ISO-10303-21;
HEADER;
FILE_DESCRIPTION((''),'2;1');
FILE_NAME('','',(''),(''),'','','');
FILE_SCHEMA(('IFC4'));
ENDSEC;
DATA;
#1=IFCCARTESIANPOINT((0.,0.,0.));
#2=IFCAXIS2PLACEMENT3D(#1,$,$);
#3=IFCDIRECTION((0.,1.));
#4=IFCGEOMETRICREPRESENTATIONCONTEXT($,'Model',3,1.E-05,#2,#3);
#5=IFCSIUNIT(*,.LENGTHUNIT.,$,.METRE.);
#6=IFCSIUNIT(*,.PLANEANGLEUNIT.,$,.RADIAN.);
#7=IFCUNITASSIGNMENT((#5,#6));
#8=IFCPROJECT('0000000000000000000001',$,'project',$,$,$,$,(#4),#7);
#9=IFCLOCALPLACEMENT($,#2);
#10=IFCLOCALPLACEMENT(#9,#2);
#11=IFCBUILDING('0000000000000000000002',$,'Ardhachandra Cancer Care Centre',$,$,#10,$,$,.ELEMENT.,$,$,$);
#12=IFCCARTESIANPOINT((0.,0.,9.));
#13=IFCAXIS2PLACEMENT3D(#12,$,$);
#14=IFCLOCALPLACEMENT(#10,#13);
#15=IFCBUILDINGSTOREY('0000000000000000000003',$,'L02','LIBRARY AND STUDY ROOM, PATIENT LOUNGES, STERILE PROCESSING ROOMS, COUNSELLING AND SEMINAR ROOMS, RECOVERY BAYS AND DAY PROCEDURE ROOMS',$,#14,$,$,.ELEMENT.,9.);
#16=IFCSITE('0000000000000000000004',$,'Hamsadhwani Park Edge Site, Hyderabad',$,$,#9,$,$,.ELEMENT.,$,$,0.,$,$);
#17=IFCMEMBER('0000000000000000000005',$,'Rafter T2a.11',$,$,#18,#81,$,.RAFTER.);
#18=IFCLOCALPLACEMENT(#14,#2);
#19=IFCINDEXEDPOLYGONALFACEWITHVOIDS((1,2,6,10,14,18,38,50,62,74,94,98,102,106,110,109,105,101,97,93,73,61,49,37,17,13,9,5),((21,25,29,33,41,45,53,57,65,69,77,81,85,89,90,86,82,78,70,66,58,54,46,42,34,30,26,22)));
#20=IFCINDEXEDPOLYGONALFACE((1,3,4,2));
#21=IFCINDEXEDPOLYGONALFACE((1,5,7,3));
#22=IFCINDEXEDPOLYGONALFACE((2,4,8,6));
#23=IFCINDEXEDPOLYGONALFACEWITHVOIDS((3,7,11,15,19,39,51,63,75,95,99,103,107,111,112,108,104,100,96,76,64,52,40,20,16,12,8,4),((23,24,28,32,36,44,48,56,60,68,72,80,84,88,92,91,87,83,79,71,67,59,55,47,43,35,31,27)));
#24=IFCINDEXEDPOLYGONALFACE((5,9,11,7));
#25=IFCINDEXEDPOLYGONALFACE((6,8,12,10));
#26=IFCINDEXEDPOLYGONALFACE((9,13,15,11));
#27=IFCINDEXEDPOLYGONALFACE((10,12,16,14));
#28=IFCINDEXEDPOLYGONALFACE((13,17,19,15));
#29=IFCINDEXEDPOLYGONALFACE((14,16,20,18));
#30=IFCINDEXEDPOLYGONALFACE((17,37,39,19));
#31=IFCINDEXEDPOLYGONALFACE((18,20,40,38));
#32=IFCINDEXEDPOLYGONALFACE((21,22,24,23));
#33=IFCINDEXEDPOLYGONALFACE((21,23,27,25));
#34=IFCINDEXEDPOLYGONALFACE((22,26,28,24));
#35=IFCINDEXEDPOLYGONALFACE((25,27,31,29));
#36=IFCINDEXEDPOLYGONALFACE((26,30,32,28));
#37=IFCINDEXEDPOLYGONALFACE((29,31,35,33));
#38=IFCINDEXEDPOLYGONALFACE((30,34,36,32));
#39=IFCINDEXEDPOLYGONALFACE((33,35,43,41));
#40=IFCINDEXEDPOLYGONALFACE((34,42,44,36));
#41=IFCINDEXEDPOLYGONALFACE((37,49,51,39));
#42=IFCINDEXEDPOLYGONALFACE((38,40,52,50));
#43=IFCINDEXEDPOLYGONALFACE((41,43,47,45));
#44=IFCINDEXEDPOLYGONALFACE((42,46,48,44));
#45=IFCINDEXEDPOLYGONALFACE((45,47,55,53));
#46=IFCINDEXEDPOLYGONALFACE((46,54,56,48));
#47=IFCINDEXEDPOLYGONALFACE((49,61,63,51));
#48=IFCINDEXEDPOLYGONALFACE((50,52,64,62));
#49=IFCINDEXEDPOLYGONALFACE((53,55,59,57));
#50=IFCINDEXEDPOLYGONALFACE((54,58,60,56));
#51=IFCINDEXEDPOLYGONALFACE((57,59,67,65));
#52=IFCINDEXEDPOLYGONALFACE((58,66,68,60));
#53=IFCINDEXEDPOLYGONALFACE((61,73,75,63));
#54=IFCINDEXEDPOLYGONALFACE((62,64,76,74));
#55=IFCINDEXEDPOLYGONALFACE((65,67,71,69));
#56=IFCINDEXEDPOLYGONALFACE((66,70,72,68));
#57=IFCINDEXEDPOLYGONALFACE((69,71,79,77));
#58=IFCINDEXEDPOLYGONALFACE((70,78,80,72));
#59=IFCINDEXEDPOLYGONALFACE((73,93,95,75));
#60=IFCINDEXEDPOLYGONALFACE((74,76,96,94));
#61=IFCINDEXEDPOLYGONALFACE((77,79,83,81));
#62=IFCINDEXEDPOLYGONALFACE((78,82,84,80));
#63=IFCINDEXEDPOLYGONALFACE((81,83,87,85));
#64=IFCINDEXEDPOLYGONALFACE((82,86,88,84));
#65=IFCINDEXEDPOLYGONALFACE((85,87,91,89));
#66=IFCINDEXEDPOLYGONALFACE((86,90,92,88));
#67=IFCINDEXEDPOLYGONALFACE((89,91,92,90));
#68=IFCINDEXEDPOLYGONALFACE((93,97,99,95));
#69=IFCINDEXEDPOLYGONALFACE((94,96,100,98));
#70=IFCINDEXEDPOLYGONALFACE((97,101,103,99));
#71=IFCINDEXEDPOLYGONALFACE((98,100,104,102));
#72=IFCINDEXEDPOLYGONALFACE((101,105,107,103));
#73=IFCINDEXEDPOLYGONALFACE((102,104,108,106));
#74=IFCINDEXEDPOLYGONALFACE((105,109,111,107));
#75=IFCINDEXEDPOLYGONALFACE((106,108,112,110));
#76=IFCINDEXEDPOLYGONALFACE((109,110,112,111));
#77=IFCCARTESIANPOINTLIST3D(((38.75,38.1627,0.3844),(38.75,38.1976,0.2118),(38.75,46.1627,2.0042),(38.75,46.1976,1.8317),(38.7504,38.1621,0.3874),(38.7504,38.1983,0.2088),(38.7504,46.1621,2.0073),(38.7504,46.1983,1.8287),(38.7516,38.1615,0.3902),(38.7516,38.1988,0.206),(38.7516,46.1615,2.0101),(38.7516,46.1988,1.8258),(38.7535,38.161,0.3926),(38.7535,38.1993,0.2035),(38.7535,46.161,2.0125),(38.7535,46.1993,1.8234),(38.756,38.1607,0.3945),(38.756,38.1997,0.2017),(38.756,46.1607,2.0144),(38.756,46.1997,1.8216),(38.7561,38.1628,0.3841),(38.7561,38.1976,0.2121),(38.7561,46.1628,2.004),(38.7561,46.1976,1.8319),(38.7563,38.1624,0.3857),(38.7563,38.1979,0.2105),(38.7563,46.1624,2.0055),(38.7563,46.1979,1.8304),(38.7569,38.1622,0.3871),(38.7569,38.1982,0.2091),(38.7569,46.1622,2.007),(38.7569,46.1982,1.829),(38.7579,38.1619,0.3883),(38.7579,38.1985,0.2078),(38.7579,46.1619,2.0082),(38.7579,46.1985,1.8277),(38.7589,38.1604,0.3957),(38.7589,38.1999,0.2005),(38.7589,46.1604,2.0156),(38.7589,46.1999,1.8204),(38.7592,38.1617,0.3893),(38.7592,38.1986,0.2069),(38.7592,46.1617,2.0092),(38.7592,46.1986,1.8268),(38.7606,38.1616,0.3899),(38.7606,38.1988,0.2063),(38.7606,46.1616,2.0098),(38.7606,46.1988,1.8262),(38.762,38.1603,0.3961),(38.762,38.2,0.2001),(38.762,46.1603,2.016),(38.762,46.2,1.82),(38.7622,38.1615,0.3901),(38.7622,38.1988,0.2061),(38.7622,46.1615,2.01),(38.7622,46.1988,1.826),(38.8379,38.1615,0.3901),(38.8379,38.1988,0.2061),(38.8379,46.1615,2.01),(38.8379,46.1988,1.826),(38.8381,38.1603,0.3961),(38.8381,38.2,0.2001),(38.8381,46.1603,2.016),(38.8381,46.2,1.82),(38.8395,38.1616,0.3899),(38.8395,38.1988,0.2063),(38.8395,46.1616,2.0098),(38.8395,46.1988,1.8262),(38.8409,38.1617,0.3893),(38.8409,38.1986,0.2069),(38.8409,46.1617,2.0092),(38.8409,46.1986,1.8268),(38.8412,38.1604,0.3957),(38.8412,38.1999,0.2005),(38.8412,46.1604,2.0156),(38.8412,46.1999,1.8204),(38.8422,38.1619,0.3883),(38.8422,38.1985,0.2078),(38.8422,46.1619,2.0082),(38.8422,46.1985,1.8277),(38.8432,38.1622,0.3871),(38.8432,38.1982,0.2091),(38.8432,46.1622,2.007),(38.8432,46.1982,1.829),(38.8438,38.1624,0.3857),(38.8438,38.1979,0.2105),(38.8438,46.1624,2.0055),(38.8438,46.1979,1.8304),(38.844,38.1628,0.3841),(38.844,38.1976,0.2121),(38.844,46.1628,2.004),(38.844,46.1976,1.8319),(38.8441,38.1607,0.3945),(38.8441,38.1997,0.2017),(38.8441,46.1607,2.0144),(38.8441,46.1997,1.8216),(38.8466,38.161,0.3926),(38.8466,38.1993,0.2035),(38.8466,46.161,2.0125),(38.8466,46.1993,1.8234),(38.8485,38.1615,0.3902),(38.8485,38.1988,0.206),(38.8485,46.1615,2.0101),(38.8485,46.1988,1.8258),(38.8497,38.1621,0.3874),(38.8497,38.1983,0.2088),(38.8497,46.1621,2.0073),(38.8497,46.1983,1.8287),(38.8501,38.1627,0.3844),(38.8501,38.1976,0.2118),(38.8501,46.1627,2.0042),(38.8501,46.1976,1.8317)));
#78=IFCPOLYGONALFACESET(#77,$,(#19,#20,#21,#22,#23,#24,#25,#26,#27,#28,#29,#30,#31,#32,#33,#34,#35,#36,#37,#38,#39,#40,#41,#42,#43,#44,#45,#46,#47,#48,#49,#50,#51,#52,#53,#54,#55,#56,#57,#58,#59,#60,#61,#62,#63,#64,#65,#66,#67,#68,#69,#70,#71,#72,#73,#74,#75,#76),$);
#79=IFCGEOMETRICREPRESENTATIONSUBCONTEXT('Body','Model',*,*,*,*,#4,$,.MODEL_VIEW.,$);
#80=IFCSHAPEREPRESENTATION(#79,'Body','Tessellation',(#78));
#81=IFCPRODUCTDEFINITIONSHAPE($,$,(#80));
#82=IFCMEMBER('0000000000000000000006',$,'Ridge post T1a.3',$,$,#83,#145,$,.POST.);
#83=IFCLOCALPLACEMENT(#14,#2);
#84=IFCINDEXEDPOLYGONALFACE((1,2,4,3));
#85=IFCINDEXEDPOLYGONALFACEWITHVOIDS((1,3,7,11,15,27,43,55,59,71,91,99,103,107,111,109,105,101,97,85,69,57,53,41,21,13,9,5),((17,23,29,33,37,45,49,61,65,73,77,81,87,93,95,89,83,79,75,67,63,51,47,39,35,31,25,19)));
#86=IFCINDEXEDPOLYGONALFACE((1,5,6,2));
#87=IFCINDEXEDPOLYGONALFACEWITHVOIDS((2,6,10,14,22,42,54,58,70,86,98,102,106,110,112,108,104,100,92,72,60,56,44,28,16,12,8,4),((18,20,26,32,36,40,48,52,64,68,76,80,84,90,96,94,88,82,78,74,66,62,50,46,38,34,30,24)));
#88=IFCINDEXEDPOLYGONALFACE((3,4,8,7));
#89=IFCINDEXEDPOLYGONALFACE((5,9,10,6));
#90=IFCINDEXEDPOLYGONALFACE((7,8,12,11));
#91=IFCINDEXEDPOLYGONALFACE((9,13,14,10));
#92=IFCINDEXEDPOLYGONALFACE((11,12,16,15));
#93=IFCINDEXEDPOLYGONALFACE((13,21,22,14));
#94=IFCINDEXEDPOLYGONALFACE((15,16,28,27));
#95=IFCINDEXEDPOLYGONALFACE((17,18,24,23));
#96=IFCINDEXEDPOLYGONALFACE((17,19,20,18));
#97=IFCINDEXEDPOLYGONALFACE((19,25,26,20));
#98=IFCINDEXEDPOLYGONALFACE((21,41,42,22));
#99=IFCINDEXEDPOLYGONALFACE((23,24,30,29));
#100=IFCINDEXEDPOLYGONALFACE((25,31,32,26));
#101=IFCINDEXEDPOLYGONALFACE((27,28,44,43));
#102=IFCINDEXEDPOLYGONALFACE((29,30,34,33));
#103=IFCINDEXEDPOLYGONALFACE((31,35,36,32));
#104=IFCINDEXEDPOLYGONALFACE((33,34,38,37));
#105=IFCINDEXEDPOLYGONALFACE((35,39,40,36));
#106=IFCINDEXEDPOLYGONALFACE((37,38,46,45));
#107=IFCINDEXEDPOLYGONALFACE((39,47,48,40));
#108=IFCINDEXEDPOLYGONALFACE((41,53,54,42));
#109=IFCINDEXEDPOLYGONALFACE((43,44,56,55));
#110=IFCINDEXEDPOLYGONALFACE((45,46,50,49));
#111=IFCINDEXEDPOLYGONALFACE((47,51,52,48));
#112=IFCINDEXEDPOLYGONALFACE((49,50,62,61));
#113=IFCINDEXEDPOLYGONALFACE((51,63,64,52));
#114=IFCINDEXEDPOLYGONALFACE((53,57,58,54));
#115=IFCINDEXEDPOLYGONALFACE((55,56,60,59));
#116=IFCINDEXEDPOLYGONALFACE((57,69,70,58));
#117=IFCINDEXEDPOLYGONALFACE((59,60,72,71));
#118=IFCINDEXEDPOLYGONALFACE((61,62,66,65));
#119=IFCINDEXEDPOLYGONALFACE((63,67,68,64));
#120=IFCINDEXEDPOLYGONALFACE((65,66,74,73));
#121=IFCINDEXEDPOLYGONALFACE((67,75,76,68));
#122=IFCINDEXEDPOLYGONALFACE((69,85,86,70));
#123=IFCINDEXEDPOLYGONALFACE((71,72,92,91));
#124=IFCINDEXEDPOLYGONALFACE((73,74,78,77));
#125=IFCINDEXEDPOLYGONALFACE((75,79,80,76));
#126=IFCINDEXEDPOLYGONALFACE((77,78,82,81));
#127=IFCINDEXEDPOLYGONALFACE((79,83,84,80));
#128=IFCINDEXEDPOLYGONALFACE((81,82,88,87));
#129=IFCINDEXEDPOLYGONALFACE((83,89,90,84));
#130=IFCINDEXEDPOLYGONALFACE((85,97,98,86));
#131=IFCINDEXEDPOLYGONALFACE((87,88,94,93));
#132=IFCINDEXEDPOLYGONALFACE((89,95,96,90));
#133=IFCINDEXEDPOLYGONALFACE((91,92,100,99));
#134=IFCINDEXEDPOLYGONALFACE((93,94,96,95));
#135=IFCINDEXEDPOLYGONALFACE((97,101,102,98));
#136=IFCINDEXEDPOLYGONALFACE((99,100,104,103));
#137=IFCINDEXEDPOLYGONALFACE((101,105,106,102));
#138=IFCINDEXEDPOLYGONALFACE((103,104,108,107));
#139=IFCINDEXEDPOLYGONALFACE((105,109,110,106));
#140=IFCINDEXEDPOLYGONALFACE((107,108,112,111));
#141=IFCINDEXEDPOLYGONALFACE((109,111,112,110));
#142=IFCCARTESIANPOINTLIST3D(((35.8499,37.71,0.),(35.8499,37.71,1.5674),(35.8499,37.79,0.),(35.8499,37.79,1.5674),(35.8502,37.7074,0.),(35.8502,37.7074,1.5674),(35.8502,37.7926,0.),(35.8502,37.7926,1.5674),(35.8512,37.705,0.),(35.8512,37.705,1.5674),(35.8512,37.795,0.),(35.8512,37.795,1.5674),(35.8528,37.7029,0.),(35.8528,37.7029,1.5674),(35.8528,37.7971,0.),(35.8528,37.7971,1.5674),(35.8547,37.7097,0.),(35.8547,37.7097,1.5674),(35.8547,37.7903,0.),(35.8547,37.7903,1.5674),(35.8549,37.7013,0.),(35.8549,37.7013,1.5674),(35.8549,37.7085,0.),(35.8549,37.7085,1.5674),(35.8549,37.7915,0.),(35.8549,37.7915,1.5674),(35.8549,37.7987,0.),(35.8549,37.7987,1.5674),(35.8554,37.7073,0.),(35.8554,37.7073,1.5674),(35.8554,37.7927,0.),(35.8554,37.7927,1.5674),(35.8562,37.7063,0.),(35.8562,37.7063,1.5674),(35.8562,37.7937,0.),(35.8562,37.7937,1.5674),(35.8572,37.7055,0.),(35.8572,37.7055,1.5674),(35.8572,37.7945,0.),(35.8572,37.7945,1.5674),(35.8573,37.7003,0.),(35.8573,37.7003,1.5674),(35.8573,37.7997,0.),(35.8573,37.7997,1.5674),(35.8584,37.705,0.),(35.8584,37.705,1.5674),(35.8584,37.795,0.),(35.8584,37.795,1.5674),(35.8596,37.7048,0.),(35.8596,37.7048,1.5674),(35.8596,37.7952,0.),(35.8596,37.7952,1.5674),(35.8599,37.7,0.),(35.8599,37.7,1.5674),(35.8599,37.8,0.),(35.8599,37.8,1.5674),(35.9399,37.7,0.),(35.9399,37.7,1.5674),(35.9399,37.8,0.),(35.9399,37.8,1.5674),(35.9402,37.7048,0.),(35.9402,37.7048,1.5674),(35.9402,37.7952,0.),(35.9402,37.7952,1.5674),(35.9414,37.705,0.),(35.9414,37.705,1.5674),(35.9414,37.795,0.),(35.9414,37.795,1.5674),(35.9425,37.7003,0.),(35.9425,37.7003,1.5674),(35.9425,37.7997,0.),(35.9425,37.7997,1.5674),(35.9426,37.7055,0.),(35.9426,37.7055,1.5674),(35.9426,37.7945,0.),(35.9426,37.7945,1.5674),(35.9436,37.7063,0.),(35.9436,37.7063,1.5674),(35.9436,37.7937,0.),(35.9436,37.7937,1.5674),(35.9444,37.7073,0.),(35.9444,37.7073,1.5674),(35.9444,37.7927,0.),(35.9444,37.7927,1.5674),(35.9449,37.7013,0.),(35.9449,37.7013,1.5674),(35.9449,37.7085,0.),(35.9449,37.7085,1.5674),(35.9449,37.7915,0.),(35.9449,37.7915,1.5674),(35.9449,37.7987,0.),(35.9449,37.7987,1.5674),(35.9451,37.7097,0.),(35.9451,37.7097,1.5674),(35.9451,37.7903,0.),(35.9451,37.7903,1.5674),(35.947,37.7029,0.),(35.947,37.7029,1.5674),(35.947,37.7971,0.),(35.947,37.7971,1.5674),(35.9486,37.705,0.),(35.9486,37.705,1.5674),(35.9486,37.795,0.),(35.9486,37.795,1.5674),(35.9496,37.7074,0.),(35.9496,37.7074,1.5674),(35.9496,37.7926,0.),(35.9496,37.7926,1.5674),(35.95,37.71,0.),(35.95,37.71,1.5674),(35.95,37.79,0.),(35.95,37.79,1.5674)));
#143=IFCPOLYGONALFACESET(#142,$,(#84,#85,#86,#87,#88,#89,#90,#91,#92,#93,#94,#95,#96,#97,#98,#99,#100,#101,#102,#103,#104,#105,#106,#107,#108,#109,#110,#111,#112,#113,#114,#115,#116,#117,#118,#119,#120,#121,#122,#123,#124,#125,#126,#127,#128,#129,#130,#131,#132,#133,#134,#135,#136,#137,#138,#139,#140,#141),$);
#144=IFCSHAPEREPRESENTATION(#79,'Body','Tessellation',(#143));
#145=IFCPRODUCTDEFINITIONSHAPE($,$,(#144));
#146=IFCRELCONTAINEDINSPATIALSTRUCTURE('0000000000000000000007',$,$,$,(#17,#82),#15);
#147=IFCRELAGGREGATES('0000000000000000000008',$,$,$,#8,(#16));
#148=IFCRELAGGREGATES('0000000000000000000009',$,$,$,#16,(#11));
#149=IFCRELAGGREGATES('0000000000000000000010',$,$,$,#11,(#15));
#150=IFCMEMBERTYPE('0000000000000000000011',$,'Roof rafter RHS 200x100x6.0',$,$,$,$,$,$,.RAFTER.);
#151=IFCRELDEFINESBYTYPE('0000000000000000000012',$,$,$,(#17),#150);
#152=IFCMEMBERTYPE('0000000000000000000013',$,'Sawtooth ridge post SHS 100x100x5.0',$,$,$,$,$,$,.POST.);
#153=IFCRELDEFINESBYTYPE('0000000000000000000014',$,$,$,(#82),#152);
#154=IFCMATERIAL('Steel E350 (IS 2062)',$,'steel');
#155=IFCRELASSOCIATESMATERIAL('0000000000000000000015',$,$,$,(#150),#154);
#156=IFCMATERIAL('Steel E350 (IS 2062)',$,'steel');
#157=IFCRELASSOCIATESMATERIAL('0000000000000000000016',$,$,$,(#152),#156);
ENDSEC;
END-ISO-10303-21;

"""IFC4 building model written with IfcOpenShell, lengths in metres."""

from ifc_helpers import new_model, si_unit, direction, frame, origin, origin_2d, place, context, subcontext, project, spatial, hollow_rectangle, extrude, material, material_profile, profile_set, type_object, element, save


model = new_model("IFC4")

# Units and contexts
model_context = context("Model", 3, precision=1e-05, world=origin(), true_north=direction((0.0, 1.0)))
body_context = subcontext(model_context, "Body", "Model", "MODEL_VIEW")
ifc_project = project(units=[si_unit("LENGTHUNIT", "METRE"), si_unit("PLANEANGLEUNIT", "RADIAN")], contexts=[model_context])

# Site, building, storey
site_placement = place(None, origin())
site = spatial("IfcSite", under=ifc_project, at=site_placement, Name="Hamsadhwani Park Edge Site, Hyderabad", CompositionType="ELEMENT", RefElevation=0.0)
building_placement = place(site_placement, origin())
building = spatial("IfcBuilding", under=site, at=building_placement, Name="Ardhachandra Cancer Care Centre", CompositionType="ELEMENT")
storey_placement = place(building_placement, frame((0.0, 0.0, 9.0)))
storey = spatial("IfcBuildingStorey", under=building, at=storey_placement, Name="L02", Description="LIBRARY AND STUDY ROOM, PATIENT LOUNGES, STERILE PROCESSING ROOMS, COUNSELLING AND SEMINAR ROOMS, RECOVERY BAYS AND DAY PROCEDURE ROOMS", CompositionType="ELEMENT", Elevation=9.0)

# Members
ifc_material_1 = material(Name="Steel E350 (IS 2062)", Category="steel")
ifc_material_profile_1 = material_profile(ifc_material_1, hollow_rectangle(XDim=0.1001, YDim=0.2, WallThickness=0.0061, InnerFilletRadius=0.0061, OuterFilletRadius=0.012, at=origin_2d()), Name="RHS 200x100x6.0")
ifc_profile_set_1 = profile_set([ifc_material_profile_1], Name="Steel E350 (IS 2062)")
member_type_1 = type_object("IfcMemberType", Name="Roof rafter RHS 200x100x6.0", PredefinedType="RAFTER", material=ifc_profile_set_1)
for number, where, z_axis, x_axis, name in (
    (1, (38.8, 38.1802, 0.2981), (0.0, 0.98011, 0.198457), (-1.0, 0.0, 0.0), "Rafter T2a.11"),
):
    element("IfcMember", number, at=place(storey_placement, frame(where, z_axis=z_axis, x_axis=x_axis)), inside=storey, type_object=member_type_1, Name=name, PredefinedType="RAFTER", context=body_context, shape_type="SweptSolid", body=[
        extrude(hollow_rectangle(XDim=0.1001, YDim=0.2, WallThickness=0.0061, InnerFilletRadius=0.0061, OuterFilletRadius=0.012, at=origin_2d()), origin(), (0.0, 0.0, 1.0), 8.1624),
    ])
ifc_material_2 = material(Name="Steel E350 (IS 2062)", Category="steel")
ifc_material_profile_2 = material_profile(ifc_material_2, hollow_rectangle(XDim=0.1001, YDim=0.1001, WallThickness=0.0049, InnerFilletRadius=0.0049, OuterFilletRadius=0.01, at=origin_2d()), Name="SHS 100x100x5.0")
ifc_profile_set_2 = profile_set([ifc_material_profile_2], Name="Steel E350 (IS 2062)")
member_type_2 = type_object("IfcMemberType", Name="Sawtooth ridge post SHS 100x100x5.0", PredefinedType="POST", material=ifc_profile_set_2)
for number, where, z_axis, x_axis, name in (
    (2, (35.8999, 37.75, 0.0), (0.0, 0.0, 1.0), (1.0, 0.0, 0.0), "Ridge post T1a.3"),
):
    element("IfcMember", number, at=place(storey_placement, frame(where, z_axis=z_axis, x_axis=x_axis)), inside=storey, type_object=member_type_2, Name=name, PredefinedType="POST", context=body_context, shape_type="SweptSolid", body=[
        extrude(hollow_rectangle(XDim=0.1001, YDim=0.1001, WallThickness=0.0049, InnerFilletRadius=0.0049, OuterFilletRadius=0.01, at=origin_2d()), origin(), (0.0, 0.0, 1.0), 1.5674),
    ])

save(model, "model.ifc")
